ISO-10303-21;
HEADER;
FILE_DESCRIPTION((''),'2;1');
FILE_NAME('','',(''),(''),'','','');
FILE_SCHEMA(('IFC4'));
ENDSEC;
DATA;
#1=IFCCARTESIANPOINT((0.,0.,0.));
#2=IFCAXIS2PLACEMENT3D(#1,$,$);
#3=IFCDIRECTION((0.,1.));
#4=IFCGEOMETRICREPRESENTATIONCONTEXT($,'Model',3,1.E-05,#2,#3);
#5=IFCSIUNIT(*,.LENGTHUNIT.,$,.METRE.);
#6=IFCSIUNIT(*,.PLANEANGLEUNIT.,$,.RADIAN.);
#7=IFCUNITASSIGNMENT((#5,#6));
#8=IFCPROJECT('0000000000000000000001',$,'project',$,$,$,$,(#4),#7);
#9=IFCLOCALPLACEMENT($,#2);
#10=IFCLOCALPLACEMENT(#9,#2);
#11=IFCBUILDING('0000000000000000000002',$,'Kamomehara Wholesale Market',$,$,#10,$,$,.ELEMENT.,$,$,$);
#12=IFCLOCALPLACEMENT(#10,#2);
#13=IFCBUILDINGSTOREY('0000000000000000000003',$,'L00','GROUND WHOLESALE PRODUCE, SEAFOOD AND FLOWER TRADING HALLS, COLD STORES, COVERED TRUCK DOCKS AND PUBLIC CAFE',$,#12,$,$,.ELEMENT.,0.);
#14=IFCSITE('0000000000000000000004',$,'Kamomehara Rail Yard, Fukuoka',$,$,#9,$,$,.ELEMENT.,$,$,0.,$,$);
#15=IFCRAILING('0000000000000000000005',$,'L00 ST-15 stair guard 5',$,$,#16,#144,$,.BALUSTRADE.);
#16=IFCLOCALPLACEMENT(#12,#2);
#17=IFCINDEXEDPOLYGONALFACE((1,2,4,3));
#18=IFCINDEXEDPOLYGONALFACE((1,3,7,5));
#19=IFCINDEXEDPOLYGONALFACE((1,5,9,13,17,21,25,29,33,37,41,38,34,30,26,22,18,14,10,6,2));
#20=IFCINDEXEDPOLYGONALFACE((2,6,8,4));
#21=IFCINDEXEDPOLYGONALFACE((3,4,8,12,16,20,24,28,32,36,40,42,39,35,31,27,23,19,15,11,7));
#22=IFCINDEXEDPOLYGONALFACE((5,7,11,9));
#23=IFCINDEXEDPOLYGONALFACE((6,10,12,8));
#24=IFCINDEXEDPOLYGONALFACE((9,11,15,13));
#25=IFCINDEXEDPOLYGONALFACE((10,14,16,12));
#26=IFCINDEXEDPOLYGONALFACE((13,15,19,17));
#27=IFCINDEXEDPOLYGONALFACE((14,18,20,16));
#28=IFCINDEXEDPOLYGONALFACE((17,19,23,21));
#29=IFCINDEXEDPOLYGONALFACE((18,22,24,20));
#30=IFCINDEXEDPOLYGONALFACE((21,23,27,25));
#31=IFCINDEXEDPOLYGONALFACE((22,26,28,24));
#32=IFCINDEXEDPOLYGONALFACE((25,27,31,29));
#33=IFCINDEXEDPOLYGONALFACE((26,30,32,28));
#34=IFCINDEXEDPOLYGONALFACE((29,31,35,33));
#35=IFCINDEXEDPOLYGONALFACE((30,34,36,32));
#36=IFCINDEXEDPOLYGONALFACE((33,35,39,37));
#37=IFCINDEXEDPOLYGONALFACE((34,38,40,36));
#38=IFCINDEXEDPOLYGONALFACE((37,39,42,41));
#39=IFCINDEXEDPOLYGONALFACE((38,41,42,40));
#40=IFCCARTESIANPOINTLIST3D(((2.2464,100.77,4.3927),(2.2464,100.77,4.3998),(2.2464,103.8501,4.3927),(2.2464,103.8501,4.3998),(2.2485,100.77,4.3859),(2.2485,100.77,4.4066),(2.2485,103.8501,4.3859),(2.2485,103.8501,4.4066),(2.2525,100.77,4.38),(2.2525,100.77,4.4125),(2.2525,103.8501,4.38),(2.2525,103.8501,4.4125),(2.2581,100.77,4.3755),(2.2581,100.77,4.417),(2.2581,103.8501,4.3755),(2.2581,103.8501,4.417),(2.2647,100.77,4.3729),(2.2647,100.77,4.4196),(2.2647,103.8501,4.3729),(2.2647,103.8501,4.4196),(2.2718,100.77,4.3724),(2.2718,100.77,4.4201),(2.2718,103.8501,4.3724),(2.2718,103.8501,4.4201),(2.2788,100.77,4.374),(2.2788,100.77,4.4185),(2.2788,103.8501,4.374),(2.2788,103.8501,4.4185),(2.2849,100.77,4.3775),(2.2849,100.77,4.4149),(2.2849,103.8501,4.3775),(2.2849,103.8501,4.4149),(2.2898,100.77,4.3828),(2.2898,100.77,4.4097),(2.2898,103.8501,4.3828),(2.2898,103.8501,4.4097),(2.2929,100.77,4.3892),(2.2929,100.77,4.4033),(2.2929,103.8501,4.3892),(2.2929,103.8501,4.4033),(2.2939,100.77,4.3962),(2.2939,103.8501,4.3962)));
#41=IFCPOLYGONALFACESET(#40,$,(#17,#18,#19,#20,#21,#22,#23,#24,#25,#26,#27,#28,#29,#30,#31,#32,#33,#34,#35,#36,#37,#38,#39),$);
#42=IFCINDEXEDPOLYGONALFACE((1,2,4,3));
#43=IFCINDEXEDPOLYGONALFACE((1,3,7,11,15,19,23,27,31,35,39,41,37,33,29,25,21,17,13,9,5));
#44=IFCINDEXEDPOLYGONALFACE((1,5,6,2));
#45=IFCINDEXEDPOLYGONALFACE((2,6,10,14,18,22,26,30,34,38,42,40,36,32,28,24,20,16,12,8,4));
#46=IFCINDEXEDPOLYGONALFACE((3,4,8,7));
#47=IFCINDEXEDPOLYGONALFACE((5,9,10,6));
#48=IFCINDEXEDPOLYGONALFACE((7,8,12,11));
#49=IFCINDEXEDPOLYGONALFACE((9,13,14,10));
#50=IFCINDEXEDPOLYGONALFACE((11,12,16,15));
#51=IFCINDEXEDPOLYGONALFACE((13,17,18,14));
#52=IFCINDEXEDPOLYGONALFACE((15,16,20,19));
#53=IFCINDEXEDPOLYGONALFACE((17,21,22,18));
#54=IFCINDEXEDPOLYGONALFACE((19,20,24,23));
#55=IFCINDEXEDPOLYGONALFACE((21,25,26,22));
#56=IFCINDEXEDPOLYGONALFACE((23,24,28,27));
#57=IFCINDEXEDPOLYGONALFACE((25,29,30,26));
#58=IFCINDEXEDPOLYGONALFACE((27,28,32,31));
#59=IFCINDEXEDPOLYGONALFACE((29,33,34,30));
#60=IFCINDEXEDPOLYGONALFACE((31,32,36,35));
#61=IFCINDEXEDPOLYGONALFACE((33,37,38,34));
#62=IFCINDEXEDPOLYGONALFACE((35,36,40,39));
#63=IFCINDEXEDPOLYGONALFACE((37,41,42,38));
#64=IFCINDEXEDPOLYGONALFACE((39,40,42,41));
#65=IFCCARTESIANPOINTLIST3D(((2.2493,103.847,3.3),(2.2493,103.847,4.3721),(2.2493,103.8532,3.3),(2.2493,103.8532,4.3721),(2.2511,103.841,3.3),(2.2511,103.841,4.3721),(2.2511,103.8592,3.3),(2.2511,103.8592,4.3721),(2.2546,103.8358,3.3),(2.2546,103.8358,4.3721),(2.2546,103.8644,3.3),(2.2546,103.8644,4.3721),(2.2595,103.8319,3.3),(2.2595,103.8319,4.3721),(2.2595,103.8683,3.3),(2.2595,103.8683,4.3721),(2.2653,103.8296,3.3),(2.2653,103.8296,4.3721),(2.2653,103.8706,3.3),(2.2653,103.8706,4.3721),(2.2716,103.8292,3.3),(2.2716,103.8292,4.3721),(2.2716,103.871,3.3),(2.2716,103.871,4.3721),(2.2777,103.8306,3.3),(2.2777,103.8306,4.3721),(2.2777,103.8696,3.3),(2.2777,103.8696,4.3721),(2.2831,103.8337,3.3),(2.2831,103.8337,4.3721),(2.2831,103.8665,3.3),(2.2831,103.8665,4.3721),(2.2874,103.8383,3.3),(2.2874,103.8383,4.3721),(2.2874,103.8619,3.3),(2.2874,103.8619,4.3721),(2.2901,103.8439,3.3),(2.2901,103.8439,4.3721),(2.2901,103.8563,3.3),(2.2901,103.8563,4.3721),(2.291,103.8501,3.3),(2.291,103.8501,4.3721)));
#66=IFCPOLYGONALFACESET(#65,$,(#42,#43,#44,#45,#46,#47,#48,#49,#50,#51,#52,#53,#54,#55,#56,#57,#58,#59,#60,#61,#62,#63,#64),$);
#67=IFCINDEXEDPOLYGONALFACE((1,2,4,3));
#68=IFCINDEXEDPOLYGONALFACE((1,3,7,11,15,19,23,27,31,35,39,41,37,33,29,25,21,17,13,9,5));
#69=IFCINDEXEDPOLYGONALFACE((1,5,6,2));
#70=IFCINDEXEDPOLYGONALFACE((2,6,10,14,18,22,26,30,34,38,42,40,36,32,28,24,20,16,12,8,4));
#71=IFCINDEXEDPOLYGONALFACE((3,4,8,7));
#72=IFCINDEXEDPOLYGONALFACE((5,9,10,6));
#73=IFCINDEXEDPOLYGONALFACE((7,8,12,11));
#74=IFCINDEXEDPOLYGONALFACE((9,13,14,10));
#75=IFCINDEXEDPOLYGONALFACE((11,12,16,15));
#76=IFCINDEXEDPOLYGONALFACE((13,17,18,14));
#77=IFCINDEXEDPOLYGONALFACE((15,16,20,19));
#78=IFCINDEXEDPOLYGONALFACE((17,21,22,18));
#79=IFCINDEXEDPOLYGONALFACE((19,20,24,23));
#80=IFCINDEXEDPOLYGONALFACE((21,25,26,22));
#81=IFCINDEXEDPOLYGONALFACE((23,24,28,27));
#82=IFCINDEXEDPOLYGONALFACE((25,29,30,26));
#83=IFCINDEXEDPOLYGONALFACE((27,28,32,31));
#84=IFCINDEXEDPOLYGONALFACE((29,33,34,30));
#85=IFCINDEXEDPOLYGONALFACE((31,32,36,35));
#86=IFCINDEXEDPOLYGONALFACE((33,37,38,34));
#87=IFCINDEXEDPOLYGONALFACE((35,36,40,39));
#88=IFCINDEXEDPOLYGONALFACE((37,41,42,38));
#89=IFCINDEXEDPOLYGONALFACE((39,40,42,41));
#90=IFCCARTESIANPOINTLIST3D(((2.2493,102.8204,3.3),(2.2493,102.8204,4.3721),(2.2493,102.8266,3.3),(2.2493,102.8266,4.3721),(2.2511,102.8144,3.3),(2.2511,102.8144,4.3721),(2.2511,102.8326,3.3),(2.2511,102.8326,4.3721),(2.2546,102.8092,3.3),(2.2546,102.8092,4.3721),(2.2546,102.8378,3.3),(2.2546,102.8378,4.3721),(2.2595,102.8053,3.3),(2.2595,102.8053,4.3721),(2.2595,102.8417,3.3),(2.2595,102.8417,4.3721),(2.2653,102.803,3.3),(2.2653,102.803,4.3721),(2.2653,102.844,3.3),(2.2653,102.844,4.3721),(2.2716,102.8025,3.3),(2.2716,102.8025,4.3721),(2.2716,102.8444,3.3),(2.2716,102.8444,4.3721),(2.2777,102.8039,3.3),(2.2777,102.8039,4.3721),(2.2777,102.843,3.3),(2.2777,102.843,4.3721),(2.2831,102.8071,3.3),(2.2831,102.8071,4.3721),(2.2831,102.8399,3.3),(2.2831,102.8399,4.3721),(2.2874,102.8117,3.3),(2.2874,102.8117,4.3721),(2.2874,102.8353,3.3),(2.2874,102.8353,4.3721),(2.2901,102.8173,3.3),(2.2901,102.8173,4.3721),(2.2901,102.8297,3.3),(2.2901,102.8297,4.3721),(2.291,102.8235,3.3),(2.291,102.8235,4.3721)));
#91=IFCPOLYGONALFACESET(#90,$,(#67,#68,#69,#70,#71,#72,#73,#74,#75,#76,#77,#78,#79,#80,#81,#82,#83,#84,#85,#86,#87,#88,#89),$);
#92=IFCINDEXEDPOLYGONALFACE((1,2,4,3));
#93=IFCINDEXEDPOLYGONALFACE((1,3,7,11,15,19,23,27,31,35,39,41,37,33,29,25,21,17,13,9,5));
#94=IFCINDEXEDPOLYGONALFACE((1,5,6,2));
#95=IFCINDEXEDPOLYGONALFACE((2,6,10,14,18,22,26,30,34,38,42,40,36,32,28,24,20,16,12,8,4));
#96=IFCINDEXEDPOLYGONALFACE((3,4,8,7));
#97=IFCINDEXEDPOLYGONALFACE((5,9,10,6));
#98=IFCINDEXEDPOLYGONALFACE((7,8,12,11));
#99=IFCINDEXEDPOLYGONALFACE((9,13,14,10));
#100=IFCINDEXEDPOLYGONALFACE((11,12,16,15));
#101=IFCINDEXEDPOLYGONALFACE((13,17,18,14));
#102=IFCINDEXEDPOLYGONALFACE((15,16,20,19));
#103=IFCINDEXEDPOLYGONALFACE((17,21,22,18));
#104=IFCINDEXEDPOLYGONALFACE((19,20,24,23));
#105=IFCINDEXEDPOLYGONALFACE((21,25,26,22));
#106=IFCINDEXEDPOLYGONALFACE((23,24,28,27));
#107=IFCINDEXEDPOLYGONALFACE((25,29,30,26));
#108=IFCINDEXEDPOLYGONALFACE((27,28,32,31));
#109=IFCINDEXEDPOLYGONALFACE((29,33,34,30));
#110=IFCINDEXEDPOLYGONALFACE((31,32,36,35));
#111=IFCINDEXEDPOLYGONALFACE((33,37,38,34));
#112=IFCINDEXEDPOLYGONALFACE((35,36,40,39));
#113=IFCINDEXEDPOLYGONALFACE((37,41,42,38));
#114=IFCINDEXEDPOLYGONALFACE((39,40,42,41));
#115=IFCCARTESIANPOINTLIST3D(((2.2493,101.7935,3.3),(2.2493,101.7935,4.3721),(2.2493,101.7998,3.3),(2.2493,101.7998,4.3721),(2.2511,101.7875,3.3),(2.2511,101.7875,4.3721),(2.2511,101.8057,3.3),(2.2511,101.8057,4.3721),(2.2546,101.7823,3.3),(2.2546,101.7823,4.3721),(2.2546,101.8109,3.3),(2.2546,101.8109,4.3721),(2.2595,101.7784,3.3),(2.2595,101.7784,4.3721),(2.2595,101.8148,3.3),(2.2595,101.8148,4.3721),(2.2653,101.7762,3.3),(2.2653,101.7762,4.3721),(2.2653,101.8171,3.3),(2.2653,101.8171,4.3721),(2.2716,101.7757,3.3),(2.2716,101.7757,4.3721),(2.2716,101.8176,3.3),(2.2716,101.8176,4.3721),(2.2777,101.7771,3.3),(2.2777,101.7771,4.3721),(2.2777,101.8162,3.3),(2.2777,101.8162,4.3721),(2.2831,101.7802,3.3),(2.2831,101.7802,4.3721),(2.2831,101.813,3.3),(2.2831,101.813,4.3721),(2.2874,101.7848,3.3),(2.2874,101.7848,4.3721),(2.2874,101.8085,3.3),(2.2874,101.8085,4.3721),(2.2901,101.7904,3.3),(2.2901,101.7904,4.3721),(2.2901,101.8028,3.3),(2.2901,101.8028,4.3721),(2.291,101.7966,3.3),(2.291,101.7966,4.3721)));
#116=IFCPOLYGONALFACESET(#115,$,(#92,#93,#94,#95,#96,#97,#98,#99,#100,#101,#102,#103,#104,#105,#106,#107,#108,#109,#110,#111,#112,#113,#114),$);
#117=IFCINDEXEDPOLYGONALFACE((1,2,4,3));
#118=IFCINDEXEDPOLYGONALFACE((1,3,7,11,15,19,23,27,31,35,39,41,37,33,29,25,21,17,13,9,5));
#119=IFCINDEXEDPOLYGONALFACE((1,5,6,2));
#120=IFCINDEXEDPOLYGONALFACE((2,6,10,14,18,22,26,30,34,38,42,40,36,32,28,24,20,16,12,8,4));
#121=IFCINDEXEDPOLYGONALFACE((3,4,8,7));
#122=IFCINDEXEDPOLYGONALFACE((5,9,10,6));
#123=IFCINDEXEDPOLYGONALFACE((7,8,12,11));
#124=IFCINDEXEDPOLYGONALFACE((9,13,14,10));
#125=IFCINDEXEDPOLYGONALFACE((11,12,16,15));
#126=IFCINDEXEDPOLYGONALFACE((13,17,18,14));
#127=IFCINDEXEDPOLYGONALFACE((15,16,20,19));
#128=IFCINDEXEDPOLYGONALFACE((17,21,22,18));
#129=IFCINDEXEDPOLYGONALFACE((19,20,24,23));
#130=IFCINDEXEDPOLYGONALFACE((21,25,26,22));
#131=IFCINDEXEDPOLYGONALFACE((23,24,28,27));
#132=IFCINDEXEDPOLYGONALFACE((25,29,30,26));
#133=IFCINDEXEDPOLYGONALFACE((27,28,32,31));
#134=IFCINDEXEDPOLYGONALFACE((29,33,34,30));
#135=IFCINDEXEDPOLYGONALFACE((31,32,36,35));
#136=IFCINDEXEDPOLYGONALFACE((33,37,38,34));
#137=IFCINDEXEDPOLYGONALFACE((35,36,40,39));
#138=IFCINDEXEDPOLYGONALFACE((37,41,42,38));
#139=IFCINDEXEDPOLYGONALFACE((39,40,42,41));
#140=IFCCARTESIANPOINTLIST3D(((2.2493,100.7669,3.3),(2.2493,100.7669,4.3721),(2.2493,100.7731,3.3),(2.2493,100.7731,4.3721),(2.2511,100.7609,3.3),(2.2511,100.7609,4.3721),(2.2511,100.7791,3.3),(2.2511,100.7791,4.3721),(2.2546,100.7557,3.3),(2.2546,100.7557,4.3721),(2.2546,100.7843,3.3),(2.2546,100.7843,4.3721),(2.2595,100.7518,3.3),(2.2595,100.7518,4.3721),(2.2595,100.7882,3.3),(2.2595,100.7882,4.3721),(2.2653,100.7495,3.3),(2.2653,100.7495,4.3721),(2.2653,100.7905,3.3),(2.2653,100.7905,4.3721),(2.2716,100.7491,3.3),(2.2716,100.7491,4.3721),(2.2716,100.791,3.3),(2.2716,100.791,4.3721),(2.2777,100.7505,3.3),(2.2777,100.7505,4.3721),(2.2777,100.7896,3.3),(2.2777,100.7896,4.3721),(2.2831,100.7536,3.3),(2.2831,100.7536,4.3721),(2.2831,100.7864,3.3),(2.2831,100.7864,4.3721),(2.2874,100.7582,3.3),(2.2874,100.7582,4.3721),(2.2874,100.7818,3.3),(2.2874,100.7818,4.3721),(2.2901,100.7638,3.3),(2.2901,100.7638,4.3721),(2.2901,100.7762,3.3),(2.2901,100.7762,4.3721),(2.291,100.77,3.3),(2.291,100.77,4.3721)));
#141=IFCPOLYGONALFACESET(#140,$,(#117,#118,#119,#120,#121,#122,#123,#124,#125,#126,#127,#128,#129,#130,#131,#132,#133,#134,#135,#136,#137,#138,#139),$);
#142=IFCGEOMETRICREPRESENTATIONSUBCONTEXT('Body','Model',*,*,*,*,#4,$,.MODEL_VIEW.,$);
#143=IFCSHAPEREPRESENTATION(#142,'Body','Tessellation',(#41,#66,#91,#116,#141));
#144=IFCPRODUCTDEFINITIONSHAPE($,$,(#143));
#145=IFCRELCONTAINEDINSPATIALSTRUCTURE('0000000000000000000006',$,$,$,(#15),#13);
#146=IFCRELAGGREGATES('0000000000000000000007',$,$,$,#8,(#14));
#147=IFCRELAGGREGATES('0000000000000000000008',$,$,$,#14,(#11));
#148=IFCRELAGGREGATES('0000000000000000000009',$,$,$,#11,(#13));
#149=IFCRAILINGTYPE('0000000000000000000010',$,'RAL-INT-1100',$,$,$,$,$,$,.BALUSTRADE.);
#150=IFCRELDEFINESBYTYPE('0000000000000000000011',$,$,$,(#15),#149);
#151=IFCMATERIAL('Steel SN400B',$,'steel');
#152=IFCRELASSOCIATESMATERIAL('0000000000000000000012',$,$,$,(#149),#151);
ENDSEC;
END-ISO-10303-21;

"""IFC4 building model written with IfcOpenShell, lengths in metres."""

from ifc_helpers import new_model, si_unit, direction, frame, origin, origin_2d, place, context, subcontext, project, spatial, circle, extrude, material, type_object, element, save


model = new_model("IFC4")

# Units and contexts
model_context = context("Model", 3, precision=1e-05, world=origin(), true_north=direction((0.0, 1.0)))
body_context = subcontext(model_context, "Body", "Model", "MODEL_VIEW")
ifc_project = project(units=[si_unit("LENGTHUNIT", "METRE"), si_unit("PLANEANGLEUNIT", "RADIAN")], contexts=[model_context])

# Site, building, storey
site_placement = place(None, origin())
site = spatial("IfcSite", under=ifc_project, at=site_placement, Name="Kamomehara Rail Yard, Fukuoka", CompositionType="ELEMENT", RefElevation=0.0)
building_placement = place(site_placement, origin())
building = spatial("IfcBuilding", under=site, at=building_placement, Name="Kamomehara Wholesale Market", CompositionType="ELEMENT")
storey_placement = place(building_placement, origin())
storey = spatial("IfcBuildingStorey", under=building, at=storey_placement, Name="L00", Description="GROUND WHOLESALE PRODUCE, SEAFOOD AND FLOWER TRADING HALLS, COLD STORES, COVERED TRUCK DOCKS AND PUBLIC CAFE", CompositionType="ELEMENT", Elevation=0.0)

# Railing
ifc_material_1 = material(Name="Steel SN400B", Category="steel")
railing_type_1 = type_object("IfcRailingType", Name="RAL-INT-1100", PredefinedType="BALUSTRADE", material=ifc_material_1)
railing_1_placement = place(storey_placement, frame((2.27, 103.8501, 3.3)))
element("IfcRailing", 1, at=railing_1_placement, inside=storey, type_object=railing_type_1, Name="L00 ST-15 stair guard 5", PredefinedType="BALUSTRADE", context=body_context, shape_type="SweptSolid", body=[
    extrude(circle(Radius=0.0239, at=origin_2d()), frame((0.0, 0.0, 1.0962), z_axis=(0.0, -1.0, 0.0), x_axis=(1.0, 0.0, 0.0)), (0.0, 0.0, 1.0), 3.0801),
    extrude(circle(Radius=0.021, at=origin_2d()), origin(), (0.0, 0.0, 1.0), 1.072),
    extrude(circle(Radius=0.021, at=origin_2d()), frame((0.0, -1.0266, 0.0)), (0.0, 0.0, 1.0), 1.072),
    extrude(circle(Radius=0.021, at=origin_2d()), frame((0.0, -2.0535, 0.0)), (0.0, 0.0, 1.0), 1.072),
    extrude(circle(Radius=0.021, at=origin_2d()), frame((0.0, -3.0801, 0.0)), (0.0, 0.0, 1.0), 1.072),
])

save(model, "model.ifc")
